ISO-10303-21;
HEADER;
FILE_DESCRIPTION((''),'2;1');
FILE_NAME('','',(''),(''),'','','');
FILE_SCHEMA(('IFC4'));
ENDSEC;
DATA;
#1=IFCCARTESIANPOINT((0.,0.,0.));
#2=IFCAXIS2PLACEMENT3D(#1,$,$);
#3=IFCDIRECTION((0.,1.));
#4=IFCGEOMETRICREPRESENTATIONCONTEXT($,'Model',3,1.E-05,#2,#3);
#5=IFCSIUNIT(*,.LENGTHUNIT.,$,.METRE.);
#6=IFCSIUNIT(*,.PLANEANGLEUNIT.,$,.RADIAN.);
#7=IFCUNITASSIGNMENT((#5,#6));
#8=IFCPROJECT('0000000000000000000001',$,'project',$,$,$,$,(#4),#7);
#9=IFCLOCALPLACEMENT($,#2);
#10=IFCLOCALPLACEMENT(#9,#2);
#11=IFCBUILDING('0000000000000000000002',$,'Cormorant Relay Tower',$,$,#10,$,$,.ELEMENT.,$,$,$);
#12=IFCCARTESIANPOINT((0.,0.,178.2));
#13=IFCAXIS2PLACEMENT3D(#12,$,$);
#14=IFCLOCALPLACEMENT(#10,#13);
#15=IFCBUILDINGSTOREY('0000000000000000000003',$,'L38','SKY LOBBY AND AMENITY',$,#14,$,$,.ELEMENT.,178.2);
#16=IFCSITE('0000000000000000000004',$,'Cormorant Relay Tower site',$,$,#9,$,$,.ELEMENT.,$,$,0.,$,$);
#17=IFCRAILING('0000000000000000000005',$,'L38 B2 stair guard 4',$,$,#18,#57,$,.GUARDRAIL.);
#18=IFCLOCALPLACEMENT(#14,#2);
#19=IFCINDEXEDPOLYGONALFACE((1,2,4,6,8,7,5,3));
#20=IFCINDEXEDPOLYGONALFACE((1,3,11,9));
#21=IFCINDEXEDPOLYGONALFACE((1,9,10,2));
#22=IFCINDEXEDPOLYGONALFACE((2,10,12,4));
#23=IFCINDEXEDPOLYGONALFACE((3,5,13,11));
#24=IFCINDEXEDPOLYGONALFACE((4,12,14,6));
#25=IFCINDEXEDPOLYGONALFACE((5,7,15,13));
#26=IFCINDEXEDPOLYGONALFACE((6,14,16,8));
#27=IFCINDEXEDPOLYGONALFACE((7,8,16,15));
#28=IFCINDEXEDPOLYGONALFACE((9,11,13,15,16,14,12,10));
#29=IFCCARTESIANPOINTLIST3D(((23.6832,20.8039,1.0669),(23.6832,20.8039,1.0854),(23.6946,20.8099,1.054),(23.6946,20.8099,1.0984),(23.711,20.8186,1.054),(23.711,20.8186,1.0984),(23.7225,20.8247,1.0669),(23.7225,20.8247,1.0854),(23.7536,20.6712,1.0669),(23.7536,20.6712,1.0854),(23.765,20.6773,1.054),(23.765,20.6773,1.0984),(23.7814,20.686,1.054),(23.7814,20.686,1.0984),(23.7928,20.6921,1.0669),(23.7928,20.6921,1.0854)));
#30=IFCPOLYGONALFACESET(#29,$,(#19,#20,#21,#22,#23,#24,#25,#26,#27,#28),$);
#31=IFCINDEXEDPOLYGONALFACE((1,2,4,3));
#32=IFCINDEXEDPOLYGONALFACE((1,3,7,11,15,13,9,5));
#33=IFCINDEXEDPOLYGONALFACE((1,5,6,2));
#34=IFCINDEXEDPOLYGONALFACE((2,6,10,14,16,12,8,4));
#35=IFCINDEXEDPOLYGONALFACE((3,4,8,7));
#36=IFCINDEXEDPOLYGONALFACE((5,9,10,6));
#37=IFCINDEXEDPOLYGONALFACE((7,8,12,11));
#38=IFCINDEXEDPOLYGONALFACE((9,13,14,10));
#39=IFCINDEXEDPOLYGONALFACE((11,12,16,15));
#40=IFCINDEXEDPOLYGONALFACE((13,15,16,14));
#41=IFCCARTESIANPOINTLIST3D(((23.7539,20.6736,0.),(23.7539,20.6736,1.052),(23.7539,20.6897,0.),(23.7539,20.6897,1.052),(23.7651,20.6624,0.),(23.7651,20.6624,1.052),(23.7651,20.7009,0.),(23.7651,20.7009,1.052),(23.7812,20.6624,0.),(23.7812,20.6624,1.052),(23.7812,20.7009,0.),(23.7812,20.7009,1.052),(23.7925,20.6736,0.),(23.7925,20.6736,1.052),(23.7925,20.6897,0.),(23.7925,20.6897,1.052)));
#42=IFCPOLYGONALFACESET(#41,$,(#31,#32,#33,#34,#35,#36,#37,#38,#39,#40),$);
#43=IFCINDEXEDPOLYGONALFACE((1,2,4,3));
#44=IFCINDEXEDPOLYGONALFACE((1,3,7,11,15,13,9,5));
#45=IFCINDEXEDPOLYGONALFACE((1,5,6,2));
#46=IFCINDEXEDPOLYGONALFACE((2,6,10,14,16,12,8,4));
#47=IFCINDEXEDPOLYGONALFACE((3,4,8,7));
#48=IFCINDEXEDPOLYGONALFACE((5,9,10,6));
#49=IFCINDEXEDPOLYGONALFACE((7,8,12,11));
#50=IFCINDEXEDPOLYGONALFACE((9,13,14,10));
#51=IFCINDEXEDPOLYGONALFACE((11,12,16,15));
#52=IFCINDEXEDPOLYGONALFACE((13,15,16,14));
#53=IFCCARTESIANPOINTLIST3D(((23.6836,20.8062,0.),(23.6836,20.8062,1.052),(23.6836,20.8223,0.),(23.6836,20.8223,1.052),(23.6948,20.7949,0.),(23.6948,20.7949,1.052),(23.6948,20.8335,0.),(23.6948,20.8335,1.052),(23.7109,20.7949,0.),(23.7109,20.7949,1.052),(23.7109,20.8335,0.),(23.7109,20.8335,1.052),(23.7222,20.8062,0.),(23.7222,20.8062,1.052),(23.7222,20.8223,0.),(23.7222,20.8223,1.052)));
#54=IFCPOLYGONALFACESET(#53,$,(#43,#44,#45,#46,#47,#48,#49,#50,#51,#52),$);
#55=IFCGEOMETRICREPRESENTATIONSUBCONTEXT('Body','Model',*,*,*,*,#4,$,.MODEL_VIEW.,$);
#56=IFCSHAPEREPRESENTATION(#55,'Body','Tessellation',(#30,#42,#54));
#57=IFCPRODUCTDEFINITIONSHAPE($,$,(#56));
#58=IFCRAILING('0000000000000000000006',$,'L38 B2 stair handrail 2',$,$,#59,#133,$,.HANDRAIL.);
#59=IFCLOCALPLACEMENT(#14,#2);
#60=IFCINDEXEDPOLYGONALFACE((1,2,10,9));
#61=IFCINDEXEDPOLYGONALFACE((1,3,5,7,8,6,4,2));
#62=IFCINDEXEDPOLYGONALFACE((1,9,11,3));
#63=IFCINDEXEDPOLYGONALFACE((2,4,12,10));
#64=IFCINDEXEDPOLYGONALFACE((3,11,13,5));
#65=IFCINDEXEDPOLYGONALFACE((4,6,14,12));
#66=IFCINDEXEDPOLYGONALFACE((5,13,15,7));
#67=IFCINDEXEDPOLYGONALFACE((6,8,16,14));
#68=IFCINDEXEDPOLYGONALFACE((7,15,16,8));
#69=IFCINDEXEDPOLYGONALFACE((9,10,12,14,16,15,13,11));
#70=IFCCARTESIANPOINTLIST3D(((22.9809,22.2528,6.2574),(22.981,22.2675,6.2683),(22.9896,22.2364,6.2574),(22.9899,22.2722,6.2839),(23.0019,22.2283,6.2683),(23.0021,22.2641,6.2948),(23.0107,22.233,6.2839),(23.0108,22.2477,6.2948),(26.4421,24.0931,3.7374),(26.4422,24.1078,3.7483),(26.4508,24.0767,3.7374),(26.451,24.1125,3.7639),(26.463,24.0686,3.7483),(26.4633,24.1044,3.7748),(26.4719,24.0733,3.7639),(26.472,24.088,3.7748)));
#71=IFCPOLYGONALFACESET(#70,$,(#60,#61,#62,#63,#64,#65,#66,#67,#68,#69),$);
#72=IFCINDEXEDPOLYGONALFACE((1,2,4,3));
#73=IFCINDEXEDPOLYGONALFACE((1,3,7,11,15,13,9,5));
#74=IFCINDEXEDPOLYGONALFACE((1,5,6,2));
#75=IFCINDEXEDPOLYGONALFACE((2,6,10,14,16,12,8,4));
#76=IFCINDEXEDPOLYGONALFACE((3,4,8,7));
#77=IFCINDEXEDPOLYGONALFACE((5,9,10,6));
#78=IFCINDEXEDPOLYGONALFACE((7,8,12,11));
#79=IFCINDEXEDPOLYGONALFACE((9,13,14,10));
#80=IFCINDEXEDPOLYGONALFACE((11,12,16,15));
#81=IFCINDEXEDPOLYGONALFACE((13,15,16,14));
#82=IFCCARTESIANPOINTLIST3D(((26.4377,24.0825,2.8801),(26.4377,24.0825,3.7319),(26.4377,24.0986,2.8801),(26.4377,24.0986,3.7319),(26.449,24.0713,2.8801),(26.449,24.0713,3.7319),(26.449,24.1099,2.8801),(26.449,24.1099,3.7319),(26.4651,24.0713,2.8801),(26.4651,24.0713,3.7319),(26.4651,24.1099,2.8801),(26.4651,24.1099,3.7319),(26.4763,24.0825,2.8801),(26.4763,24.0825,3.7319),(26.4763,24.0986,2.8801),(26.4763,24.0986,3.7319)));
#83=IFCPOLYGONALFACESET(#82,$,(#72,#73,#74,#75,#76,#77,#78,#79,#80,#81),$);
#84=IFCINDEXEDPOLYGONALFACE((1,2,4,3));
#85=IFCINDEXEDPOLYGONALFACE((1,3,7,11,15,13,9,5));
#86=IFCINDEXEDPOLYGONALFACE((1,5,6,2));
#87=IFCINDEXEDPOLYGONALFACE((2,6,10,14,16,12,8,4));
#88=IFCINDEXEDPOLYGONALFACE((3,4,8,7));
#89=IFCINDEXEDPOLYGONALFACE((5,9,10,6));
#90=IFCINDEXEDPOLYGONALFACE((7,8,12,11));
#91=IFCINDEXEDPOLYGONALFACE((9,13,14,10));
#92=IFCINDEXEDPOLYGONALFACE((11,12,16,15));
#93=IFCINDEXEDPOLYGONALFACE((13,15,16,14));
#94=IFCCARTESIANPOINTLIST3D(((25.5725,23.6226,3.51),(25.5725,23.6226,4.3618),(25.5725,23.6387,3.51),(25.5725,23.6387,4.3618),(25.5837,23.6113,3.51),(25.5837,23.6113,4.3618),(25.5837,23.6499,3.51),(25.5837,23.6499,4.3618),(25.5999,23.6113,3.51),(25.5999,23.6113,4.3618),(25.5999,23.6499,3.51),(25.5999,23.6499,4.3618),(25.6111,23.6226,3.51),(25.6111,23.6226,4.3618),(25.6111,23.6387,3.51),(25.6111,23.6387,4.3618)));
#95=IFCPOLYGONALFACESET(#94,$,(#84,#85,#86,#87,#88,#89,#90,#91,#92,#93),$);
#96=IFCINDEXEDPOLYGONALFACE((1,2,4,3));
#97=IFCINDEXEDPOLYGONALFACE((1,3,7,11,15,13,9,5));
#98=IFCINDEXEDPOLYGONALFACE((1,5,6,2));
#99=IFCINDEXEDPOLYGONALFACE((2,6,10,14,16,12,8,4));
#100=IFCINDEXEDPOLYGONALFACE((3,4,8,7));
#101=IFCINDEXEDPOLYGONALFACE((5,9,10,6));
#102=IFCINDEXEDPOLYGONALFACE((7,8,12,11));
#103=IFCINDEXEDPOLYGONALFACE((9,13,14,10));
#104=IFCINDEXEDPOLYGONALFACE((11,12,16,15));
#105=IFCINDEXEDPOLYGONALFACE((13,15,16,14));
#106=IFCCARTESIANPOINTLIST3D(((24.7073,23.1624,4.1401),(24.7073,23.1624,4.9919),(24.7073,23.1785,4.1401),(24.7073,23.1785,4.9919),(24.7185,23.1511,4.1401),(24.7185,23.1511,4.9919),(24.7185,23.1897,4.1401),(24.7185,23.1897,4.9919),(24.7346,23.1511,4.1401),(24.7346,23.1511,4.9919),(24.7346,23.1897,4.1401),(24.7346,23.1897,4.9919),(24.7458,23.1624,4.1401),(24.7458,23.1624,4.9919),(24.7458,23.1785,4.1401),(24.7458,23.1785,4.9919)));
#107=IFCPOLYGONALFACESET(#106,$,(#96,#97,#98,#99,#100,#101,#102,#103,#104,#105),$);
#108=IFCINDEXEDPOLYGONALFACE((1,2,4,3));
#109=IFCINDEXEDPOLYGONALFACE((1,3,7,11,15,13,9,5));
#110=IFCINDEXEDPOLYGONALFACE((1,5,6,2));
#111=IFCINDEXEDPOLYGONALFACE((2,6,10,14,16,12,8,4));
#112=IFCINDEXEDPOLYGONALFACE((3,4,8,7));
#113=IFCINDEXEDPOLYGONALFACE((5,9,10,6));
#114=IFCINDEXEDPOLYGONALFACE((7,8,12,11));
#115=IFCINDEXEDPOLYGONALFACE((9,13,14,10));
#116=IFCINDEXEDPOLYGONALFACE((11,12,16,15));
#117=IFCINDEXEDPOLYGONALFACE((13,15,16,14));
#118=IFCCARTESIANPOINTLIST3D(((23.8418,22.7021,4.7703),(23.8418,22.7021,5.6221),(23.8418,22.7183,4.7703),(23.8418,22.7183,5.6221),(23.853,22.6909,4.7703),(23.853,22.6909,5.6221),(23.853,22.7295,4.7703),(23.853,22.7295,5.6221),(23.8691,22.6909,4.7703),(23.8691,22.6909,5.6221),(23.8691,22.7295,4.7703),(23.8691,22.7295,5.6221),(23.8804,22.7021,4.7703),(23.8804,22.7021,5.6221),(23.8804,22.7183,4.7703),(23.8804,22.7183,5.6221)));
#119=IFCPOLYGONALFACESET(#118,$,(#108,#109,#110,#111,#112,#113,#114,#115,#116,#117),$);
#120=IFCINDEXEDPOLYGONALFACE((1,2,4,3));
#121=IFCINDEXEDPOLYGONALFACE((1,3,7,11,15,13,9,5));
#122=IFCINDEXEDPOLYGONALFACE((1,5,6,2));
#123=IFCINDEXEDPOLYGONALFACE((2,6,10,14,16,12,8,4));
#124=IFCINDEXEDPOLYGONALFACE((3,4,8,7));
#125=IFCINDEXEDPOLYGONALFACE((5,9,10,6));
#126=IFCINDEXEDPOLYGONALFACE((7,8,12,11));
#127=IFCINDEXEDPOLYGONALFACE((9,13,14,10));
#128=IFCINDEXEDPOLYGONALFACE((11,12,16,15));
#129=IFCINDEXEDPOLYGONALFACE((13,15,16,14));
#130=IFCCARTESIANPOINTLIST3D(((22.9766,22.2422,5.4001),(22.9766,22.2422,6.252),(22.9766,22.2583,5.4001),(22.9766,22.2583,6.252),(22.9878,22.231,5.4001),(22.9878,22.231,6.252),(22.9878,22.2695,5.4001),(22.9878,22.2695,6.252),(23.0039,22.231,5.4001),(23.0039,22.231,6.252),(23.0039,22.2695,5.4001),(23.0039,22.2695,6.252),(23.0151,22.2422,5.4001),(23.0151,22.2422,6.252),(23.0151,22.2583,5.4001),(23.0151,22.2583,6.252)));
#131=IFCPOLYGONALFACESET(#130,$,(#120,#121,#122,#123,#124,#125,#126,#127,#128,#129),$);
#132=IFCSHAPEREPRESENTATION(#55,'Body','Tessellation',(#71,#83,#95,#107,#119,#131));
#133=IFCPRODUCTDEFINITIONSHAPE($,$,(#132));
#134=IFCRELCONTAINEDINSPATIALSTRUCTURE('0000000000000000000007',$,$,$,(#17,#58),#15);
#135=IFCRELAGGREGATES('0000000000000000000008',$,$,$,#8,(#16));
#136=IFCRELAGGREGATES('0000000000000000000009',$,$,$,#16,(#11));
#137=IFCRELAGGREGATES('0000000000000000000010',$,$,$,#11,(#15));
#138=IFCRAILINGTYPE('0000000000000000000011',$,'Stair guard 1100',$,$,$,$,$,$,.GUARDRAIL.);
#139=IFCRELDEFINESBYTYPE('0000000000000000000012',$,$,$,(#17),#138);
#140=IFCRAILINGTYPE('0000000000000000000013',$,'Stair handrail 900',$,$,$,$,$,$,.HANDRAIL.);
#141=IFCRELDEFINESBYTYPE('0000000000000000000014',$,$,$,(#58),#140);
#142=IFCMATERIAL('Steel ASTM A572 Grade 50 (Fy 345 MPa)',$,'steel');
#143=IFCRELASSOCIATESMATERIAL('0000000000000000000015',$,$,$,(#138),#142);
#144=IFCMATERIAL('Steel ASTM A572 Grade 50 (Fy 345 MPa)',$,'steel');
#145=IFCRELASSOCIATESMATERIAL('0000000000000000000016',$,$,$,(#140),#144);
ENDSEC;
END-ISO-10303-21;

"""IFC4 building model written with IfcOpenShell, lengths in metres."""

from ifc_helpers import new_model, si_unit, direction, frame, origin, place, context, subcontext, project, spatial, polyline, outline, extrude, material, type_object, element, save


model = new_model("IFC4")

# Units and contexts
model_context = context("Model", 3, precision=1e-05, world=origin(), true_north=direction((0.0, 1.0)))
body_context = subcontext(model_context, "Body", "Model", "MODEL_VIEW")
ifc_project = project(units=[si_unit("LENGTHUNIT", "METRE"), si_unit("PLANEANGLEUNIT", "RADIAN")], contexts=[model_context])

# Site, building, storey
site_placement = place(None, origin())
site = spatial("IfcSite", under=ifc_project, at=site_placement, Name="Cormorant Relay Tower site", CompositionType="ELEMENT", RefElevation=0.0)
building_placement = place(site_placement, origin())
building = spatial("IfcBuilding", under=site, at=building_placement, Name="Cormorant Relay Tower", CompositionType="ELEMENT")
storey_placement = place(building_placement, frame((0.0, 0.0, 178.2)))
storey = spatial("IfcBuildingStorey", under=building, at=storey_placement, Name="L38", Description="SKY LOBBY AND AMENITY", CompositionType="ELEMENT", Elevation=178.2)

# Railings
ifc_material_1 = material(Name="Steel ASTM A572 Grade 50 (Fy 345 MPa)", Category="steel")
railing_type_1 = type_object("IfcRailingType", Name="Stair guard 1100", PredefinedType="GUARDRAIL", material=ifc_material_1)
railing_1_placement = place(storey_placement, frame((23.7732, 20.6816, 0.0)))
element("IfcRailing", 1, at=railing_1_placement, inside=storey, type_object=railing_type_1, Name="L38 B2 stair guard 4", PredefinedType="GUARDRAIL", context=body_context, shape_type="SweptSolid", body=[
    extrude(outline(polyline([(0.0222, 0.0093), (0.0093, 0.0222), (-0.0093, 0.0222), (-0.0222, 0.0093), (-0.0222, -0.0093), (-0.0093, -0.0222), (0.0093, -0.0222), (0.0222, -0.0093), (0.0222, 0.0093)])), frame((0.0, 0.0, 1.0762), z_axis=(-0.46856, 0.883431, 0.0), x_axis=(-0.883431, -0.46856, 0.0)), (0.0, 0.0, 1.0), 0.1501),
    extrude(outline(polyline([(0.0193, 0.0081), (0.0081, 0.0193), (-0.0081, 0.0193), (-0.0193, 0.0081), (-0.0193, -0.0081), (-0.0081, -0.0193), (0.0081, -0.0193), (0.0193, -0.0081), (0.0193, 0.0081)])), origin(), (0.0, 0.0, 1.0), 1.052),
    extrude(outline(polyline([(0.0193, 0.0081), (0.0081, 0.0193), (-0.0081, 0.0193), (-0.0193, 0.0081), (-0.0193, -0.0081), (-0.0081, -0.0193), (0.0081, -0.0193), (0.0193, -0.0081), (0.0193, 0.0081)])), frame((-0.0703, 0.1326, 0.0)), (0.0, 0.0, 1.0), 1.052),
])
ifc_material_2 = material(Name="Steel ASTM A572 Grade 50 (Fy 345 MPa)", Category="steel")
railing_type_2 = type_object("IfcRailingType", Name="Stair handrail 900", PredefinedType="HANDRAIL", material=ifc_material_2)
railing_2_placement = place(storey_placement, frame((26.457, 24.0906, 2.8801)))
element("IfcRailing", 2, at=railing_2_placement, inside=storey, type_object=railing_type_2, Name="L38 B2 stair handrail 2", PredefinedType="HANDRAIL", context=body_context, shape_type="SweptSolid", body=[
    extrude(outline(polyline([(0.0222, 0.0093), (0.0093, 0.0222), (-0.0093, 0.0222), (-0.0222, 0.0093), (-0.0222, -0.0093), (-0.0093, -0.0222), (0.0093, -0.0222), (0.0222, -0.0093), (0.0222, 0.0093)])), frame((0.0, 0.0, 0.876), z_axis=(-0.742717, -0.394907, 0.540758), x_axis=(0.469469, -0.882949, 0.0)), (0.0, 0.0, 1.0), 4.6602),
    extrude(outline(polyline([(0.0193, 0.0081), (0.0081, 0.0193), (-0.0081, 0.0193), (-0.0193, 0.0081), (-0.0193, -0.0081), (-0.0081, -0.0193), (0.0081, -0.0193), (0.0193, -0.0081), (0.0193, 0.0081)])), origin(), (0.0, 0.0, 1.0), 0.8518),
    extrude(outline(polyline([(0.0193, 0.0081), (0.0081, 0.0193), (-0.0081, 0.0193), (-0.0193, 0.0081), (-0.0193, -0.0081), (-0.0081, -0.0193), (0.0081, -0.0193), (0.0193, -0.0081), (0.0193, 0.0081)])), frame((-0.8652, -0.46, 0.6299)), (0.0, 0.0, 1.0), 0.8518),
    extrude(outline(polyline([(0.0193, 0.0081), (0.0081, 0.0193), (-0.0081, 0.0193), (-0.0193, 0.0081), (-0.0193, -0.0081), (-0.0081, -0.0193), (0.0081, -0.0193), (0.0193, -0.0081), (0.0193, 0.0081)])), frame((-1.7305, -0.9202, 1.26)), (0.0, 0.0, 1.0), 0.8518),
    extrude(outline(polyline([(0.0193, 0.0081), (0.0081, 0.0193), (-0.0081, 0.0193), (-0.0193, 0.0081), (-0.0193, -0.0081), (-0.0081, -0.0193), (0.0081, -0.0193), (0.0193, -0.0081), (0.0193, 0.0081)])), frame((-2.5959, -1.3804, 1.8901)), (0.0, 0.0, 1.0), 0.8518),
    extrude(outline(polyline([(0.0193, 0.0081), (0.0081, 0.0193), (-0.0081, 0.0193), (-0.0193, 0.0081), (-0.0193, -0.0081), (-0.0081, -0.0193), (0.0081, -0.0193), (0.0193, -0.0081), (0.0193, 0.0081)])), frame((-3.4612, -1.8403, 2.52)), (0.0, 0.0, 1.0), 0.8518),
])

save(model, "model.ifc")
